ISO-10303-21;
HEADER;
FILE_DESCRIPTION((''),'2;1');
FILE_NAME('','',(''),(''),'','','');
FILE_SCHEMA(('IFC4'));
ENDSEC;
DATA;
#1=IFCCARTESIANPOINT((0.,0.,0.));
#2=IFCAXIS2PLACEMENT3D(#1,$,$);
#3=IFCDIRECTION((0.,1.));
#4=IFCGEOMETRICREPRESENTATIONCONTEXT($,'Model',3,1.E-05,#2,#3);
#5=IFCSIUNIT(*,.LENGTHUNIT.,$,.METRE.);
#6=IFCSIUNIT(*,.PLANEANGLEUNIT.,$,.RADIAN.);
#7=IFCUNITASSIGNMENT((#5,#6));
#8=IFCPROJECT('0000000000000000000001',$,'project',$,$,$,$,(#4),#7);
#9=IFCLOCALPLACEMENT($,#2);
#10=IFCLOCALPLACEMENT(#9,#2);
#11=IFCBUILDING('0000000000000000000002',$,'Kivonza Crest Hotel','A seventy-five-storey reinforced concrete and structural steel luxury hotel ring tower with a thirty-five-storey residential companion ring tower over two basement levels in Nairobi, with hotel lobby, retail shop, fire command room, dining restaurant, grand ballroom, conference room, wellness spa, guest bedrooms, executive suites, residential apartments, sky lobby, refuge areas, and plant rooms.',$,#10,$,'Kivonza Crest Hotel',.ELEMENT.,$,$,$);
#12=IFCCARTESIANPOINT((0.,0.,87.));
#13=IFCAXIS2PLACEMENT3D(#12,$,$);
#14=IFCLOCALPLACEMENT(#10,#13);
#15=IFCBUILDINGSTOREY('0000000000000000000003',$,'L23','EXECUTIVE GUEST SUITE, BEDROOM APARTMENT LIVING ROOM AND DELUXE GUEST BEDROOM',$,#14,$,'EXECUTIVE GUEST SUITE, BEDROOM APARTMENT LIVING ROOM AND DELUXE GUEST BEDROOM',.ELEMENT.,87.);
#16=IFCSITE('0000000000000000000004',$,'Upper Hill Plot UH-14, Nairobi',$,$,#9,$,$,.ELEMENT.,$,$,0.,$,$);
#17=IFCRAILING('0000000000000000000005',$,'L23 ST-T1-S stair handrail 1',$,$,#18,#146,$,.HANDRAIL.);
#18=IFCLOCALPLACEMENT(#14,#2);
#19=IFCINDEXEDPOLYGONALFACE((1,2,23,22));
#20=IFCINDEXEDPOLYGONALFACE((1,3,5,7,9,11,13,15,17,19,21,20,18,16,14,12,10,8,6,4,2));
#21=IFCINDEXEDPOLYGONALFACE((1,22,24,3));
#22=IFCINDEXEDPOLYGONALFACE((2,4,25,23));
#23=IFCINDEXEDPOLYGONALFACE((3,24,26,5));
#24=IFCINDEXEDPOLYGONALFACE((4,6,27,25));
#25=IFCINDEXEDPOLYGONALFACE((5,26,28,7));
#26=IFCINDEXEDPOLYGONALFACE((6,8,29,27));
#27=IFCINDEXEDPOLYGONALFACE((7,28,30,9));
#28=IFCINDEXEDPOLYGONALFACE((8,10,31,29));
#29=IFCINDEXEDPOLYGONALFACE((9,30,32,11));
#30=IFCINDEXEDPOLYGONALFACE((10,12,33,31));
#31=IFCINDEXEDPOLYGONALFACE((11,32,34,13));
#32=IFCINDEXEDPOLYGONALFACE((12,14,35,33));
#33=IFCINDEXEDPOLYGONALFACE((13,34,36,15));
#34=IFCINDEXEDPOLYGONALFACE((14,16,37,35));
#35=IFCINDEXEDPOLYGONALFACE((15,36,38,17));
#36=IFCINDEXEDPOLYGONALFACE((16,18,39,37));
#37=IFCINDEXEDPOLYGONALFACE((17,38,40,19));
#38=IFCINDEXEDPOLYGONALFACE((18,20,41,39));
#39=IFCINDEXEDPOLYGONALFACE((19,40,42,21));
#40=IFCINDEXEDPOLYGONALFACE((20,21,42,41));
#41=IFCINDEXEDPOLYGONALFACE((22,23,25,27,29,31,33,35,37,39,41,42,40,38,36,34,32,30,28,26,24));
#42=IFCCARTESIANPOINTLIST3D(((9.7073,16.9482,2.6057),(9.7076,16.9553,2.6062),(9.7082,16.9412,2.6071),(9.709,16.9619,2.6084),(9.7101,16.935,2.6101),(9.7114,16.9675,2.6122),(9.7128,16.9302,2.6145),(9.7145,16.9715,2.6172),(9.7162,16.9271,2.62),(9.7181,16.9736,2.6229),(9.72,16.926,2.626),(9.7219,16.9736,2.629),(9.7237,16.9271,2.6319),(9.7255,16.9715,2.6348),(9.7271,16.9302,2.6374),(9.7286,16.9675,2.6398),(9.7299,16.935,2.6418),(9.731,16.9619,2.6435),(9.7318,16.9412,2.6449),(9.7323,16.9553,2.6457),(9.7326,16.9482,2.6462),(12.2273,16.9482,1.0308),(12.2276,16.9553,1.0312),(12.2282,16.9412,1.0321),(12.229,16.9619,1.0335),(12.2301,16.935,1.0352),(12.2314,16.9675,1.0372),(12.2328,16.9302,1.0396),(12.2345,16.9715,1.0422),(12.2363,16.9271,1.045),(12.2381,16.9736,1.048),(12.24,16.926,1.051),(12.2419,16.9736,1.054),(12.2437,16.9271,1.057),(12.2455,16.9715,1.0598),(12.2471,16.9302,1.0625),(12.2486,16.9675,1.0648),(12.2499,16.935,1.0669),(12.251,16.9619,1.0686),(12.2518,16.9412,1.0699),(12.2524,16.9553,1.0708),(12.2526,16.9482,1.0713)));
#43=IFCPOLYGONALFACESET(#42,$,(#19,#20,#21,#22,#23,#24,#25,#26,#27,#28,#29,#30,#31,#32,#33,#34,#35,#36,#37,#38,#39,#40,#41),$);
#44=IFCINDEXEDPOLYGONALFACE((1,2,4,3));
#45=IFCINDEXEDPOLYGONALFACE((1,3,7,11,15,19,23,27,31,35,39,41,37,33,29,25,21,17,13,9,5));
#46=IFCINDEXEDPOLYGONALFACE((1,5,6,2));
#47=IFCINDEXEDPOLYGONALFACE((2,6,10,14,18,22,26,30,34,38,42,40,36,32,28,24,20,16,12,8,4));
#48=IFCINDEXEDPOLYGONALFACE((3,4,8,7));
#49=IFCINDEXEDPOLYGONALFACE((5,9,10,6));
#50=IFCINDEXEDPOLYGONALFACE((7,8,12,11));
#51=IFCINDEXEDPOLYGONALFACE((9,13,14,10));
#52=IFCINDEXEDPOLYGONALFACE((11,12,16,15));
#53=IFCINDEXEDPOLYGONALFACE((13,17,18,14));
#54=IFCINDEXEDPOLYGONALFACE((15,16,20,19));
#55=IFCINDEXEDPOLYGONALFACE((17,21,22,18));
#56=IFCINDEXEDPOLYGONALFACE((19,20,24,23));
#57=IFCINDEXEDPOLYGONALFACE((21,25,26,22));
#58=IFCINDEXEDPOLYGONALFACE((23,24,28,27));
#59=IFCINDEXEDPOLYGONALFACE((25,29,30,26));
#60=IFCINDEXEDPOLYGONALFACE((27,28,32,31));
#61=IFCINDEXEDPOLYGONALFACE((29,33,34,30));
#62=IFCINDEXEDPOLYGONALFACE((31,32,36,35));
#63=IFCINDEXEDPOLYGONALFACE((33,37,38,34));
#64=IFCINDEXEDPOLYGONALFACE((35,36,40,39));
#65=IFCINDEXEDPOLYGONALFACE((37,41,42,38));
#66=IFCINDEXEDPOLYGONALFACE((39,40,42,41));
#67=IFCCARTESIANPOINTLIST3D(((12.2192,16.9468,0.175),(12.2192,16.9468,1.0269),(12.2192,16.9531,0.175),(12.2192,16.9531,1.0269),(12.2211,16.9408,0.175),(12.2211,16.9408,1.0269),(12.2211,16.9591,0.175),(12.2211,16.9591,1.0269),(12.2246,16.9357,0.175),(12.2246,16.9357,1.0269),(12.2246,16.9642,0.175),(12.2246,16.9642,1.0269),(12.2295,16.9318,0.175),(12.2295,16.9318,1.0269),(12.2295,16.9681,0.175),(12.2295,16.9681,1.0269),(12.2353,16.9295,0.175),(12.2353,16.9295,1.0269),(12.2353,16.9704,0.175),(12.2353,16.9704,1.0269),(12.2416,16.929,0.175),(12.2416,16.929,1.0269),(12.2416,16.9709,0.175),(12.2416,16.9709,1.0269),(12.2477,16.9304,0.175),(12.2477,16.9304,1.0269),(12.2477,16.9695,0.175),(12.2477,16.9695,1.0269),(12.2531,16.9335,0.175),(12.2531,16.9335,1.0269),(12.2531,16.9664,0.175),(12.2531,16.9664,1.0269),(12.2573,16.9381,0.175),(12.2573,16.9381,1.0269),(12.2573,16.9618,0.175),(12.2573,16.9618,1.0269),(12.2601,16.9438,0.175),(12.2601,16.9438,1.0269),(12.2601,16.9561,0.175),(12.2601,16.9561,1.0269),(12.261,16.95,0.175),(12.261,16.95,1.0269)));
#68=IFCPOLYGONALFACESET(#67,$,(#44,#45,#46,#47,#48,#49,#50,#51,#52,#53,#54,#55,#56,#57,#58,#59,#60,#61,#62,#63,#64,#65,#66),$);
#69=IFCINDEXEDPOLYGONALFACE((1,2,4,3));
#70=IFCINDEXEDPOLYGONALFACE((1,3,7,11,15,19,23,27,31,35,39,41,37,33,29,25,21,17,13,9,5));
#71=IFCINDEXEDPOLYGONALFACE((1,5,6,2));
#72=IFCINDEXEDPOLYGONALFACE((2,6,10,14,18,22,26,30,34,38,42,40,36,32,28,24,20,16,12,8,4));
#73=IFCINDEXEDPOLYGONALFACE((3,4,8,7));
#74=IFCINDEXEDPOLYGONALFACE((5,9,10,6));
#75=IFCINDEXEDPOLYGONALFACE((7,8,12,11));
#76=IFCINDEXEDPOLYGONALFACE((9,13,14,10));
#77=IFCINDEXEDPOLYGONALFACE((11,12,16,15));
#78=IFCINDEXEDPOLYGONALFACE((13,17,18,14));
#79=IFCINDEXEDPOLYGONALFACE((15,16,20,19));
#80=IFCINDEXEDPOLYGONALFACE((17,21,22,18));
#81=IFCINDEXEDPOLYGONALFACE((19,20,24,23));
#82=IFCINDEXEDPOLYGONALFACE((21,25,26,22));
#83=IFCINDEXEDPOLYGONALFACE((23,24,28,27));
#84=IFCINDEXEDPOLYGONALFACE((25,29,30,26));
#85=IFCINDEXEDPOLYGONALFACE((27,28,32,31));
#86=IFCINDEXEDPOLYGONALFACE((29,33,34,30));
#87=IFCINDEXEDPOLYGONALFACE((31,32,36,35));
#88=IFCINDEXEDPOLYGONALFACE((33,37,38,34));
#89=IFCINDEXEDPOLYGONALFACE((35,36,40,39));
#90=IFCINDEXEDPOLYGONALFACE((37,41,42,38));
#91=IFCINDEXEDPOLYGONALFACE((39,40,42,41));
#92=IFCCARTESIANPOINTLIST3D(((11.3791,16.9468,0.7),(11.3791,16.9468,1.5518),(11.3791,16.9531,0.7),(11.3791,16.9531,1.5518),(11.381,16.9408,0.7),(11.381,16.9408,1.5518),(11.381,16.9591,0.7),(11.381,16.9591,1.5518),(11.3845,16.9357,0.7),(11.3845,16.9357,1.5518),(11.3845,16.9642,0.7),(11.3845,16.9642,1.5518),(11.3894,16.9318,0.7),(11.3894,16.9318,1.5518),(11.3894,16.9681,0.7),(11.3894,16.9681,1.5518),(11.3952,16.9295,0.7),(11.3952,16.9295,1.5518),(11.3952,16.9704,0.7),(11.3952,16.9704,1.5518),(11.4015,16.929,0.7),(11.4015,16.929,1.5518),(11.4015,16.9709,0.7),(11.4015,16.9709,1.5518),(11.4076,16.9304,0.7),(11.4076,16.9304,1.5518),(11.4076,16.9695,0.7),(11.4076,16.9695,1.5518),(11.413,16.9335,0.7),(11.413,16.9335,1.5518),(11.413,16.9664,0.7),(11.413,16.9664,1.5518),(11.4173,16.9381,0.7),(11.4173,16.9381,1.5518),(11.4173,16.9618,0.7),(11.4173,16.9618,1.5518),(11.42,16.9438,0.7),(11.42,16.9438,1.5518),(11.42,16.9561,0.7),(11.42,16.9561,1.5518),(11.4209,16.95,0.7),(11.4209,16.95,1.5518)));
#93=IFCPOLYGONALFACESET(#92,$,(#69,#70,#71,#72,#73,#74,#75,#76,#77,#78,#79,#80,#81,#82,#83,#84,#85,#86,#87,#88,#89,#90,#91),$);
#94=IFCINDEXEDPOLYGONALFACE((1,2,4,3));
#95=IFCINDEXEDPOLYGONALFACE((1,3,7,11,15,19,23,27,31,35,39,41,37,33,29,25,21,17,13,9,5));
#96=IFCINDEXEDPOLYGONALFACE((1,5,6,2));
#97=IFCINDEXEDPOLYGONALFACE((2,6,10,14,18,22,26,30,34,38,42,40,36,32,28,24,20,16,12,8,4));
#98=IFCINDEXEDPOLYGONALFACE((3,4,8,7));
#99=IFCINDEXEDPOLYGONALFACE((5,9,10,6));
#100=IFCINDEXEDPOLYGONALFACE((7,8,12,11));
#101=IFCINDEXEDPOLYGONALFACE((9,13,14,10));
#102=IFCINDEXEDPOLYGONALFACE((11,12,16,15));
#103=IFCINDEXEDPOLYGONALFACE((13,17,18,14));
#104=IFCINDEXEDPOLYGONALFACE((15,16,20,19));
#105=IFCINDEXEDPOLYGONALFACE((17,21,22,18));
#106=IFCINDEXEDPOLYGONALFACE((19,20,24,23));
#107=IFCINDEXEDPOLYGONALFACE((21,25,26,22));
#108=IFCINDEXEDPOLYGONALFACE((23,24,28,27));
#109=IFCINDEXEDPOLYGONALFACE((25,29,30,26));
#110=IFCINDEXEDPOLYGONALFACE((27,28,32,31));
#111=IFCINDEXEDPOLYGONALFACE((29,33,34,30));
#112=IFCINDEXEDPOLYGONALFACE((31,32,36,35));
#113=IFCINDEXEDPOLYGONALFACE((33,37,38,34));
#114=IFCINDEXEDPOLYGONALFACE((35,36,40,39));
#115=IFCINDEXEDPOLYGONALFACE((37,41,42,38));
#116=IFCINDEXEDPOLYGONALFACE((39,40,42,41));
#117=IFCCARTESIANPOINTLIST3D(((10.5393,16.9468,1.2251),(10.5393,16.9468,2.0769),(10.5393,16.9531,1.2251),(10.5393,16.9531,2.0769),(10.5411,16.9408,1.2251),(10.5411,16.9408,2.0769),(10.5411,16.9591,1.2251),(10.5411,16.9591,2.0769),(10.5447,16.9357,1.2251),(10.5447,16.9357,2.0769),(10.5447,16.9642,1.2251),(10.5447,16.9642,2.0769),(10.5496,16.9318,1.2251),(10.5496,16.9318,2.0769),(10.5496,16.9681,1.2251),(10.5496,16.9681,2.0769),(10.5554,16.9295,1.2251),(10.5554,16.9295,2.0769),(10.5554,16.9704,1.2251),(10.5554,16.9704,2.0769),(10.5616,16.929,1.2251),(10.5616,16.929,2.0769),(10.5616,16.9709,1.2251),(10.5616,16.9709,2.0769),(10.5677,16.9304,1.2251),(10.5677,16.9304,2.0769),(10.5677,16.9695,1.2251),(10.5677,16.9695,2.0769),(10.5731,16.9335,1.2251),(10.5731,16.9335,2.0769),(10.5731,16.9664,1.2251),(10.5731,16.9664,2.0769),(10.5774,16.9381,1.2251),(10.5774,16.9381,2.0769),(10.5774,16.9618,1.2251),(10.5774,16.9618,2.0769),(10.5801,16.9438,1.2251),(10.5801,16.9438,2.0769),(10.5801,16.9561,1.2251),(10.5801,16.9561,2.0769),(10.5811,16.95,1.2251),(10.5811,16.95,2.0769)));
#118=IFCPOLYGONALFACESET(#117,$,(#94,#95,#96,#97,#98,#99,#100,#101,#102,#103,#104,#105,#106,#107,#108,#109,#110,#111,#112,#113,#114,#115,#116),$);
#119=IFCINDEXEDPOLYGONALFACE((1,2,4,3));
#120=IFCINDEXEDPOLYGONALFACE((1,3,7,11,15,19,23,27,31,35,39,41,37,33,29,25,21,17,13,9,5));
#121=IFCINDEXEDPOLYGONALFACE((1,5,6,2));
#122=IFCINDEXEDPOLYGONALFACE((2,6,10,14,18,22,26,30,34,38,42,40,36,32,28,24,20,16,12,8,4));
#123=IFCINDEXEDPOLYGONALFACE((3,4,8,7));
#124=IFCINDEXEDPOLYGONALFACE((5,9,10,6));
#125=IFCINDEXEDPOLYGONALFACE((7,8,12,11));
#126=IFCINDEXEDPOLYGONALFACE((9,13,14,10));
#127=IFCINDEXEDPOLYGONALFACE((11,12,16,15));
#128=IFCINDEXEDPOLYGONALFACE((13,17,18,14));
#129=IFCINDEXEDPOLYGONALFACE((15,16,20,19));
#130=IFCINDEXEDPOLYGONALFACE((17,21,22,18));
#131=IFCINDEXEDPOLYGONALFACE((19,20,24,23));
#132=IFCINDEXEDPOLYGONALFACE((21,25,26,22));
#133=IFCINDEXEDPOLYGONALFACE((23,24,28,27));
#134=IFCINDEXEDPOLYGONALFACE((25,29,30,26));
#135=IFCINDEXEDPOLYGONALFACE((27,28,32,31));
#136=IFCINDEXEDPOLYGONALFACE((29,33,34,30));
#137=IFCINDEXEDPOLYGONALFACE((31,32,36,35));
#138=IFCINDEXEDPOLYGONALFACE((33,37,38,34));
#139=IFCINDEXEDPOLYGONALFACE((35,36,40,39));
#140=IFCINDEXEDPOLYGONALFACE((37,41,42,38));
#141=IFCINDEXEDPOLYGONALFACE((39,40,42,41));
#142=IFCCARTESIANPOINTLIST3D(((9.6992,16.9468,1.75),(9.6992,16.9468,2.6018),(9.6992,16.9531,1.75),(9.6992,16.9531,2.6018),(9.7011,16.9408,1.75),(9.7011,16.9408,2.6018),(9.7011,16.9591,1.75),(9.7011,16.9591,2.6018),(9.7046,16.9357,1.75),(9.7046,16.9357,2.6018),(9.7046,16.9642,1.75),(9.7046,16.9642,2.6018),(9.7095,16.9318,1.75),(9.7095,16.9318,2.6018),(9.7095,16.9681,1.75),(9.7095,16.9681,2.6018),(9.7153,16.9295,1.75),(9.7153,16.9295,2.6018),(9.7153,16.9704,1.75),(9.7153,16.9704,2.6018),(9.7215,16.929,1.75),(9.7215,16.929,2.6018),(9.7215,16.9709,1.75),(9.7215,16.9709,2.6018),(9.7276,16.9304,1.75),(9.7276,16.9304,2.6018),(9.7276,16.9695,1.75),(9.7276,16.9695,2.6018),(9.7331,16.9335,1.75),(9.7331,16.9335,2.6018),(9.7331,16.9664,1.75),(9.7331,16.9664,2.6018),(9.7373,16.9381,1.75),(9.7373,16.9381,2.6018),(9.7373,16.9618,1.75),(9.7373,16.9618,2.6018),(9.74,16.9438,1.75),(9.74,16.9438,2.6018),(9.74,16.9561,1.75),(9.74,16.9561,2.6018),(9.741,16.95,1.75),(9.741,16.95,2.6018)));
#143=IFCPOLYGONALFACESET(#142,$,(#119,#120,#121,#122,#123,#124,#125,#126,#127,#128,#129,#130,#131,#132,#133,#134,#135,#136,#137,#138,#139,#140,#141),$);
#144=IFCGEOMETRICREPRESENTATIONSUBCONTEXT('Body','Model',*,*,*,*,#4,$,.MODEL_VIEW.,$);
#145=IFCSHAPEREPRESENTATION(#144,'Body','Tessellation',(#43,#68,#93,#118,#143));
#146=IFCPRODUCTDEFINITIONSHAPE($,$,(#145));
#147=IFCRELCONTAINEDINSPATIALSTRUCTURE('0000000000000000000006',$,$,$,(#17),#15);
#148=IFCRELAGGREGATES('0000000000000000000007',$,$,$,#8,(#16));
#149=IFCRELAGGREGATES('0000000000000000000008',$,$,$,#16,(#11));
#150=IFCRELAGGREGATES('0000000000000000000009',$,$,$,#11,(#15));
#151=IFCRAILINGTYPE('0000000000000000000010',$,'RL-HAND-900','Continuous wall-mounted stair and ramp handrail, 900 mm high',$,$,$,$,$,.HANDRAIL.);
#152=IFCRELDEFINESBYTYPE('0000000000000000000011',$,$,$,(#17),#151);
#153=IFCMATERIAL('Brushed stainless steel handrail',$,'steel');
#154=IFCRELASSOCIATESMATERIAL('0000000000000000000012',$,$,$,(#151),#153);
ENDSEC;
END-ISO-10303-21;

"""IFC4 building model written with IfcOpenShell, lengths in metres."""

from ifc_helpers import new_model, si_unit, direction, frame, origin, origin_2d, place, context, subcontext, project, spatial, circle, extrude, material, type_object, element, save


model = new_model("IFC4")

# Units and contexts
model_context = context("Model", 3, precision=1e-05, world=origin(), true_north=direction((0.0, 1.0)))
body_context = subcontext(model_context, "Body", "Model", "MODEL_VIEW")
ifc_project = project(units=[si_unit("LENGTHUNIT", "METRE"), si_unit("PLANEANGLEUNIT", "RADIAN")], contexts=[model_context])

# Site, building, storey
site_placement = place(None, origin())
site = spatial("IfcSite", under=ifc_project, at=site_placement, Name="Upper Hill Plot UH-14, Nairobi", CompositionType="ELEMENT", RefElevation=0.0)
building_placement = place(site_placement, origin())
building = spatial("IfcBuilding", under=site, at=building_placement, Name="Kivonza Crest Hotel", Description="A seventy-five-storey reinforced concrete and structural steel luxury hotel ring tower with a thirty-five-storey residential companion ring tower over two basement levels in Nairobi, with hotel lobby, retail shop, fire command room, dining restaurant, grand ballroom, conference room, wellness spa, guest bedrooms, executive suites, residential apartments, sky lobby, refuge areas, and plant rooms.", LongName="Kivonza Crest Hotel", CompositionType="ELEMENT")
storey_placement = place(building_placement, frame((0.0, 0.0, 87.0)))
storey = spatial("IfcBuildingStorey", under=building, at=storey_placement, Name="L23", Description="EXECUTIVE GUEST SUITE, BEDROOM APARTMENT LIVING ROOM AND DELUXE GUEST BEDROOM", LongName="EXECUTIVE GUEST SUITE, BEDROOM APARTMENT LIVING ROOM AND DELUXE GUEST BEDROOM", CompositionType="ELEMENT", Elevation=87.0)

# Railing
ifc_material_1 = material(Name="Brushed stainless steel handrail", Category="steel")
railing_type_1 = type_object("IfcRailingType", Name="RL-HAND-900", Description="Continuous wall-mounted stair and ramp handrail, 900 mm high", PredefinedType="HANDRAIL", material=ifc_material_1)
railing_1_placement = place(storey_placement, frame((12.24, 16.95, 0.175)))
element("IfcRailing", 1, at=railing_1_placement, inside=storey, type_object=railing_type_1, Name="L23 ST-T1-S stair handrail 1", PredefinedType="HANDRAIL", context=body_context, shape_type="SweptSolid", body=[
    extrude(circle(Radius=0.0239, at=origin_2d()), frame((0.0, 0.0, 0.876), z_axis=(-0.848008, 0.0, 0.529984), x_axis=(0.0, -1.0, 0.0)), (0.0, 0.0, 1.0), 2.9717),
    extrude(circle(Radius=0.021, at=origin_2d()), origin(), (0.0, 0.0, 1.0), 0.8518),
    extrude(circle(Radius=0.021, at=origin_2d()), frame((-0.8401, 0.0, 0.5249)), (0.0, 0.0, 1.0), 0.8518),
    extrude(circle(Radius=0.021, at=origin_2d()), frame((-1.6799, 0.0, 1.05)), (0.0, 0.0, 1.0), 0.8518),
    extrude(circle(Radius=0.021, at=origin_2d()), frame((-2.52, 0.0, 1.575)), (0.0, 0.0, 1.0), 0.8518),
])

save(model, "model.ifc")
